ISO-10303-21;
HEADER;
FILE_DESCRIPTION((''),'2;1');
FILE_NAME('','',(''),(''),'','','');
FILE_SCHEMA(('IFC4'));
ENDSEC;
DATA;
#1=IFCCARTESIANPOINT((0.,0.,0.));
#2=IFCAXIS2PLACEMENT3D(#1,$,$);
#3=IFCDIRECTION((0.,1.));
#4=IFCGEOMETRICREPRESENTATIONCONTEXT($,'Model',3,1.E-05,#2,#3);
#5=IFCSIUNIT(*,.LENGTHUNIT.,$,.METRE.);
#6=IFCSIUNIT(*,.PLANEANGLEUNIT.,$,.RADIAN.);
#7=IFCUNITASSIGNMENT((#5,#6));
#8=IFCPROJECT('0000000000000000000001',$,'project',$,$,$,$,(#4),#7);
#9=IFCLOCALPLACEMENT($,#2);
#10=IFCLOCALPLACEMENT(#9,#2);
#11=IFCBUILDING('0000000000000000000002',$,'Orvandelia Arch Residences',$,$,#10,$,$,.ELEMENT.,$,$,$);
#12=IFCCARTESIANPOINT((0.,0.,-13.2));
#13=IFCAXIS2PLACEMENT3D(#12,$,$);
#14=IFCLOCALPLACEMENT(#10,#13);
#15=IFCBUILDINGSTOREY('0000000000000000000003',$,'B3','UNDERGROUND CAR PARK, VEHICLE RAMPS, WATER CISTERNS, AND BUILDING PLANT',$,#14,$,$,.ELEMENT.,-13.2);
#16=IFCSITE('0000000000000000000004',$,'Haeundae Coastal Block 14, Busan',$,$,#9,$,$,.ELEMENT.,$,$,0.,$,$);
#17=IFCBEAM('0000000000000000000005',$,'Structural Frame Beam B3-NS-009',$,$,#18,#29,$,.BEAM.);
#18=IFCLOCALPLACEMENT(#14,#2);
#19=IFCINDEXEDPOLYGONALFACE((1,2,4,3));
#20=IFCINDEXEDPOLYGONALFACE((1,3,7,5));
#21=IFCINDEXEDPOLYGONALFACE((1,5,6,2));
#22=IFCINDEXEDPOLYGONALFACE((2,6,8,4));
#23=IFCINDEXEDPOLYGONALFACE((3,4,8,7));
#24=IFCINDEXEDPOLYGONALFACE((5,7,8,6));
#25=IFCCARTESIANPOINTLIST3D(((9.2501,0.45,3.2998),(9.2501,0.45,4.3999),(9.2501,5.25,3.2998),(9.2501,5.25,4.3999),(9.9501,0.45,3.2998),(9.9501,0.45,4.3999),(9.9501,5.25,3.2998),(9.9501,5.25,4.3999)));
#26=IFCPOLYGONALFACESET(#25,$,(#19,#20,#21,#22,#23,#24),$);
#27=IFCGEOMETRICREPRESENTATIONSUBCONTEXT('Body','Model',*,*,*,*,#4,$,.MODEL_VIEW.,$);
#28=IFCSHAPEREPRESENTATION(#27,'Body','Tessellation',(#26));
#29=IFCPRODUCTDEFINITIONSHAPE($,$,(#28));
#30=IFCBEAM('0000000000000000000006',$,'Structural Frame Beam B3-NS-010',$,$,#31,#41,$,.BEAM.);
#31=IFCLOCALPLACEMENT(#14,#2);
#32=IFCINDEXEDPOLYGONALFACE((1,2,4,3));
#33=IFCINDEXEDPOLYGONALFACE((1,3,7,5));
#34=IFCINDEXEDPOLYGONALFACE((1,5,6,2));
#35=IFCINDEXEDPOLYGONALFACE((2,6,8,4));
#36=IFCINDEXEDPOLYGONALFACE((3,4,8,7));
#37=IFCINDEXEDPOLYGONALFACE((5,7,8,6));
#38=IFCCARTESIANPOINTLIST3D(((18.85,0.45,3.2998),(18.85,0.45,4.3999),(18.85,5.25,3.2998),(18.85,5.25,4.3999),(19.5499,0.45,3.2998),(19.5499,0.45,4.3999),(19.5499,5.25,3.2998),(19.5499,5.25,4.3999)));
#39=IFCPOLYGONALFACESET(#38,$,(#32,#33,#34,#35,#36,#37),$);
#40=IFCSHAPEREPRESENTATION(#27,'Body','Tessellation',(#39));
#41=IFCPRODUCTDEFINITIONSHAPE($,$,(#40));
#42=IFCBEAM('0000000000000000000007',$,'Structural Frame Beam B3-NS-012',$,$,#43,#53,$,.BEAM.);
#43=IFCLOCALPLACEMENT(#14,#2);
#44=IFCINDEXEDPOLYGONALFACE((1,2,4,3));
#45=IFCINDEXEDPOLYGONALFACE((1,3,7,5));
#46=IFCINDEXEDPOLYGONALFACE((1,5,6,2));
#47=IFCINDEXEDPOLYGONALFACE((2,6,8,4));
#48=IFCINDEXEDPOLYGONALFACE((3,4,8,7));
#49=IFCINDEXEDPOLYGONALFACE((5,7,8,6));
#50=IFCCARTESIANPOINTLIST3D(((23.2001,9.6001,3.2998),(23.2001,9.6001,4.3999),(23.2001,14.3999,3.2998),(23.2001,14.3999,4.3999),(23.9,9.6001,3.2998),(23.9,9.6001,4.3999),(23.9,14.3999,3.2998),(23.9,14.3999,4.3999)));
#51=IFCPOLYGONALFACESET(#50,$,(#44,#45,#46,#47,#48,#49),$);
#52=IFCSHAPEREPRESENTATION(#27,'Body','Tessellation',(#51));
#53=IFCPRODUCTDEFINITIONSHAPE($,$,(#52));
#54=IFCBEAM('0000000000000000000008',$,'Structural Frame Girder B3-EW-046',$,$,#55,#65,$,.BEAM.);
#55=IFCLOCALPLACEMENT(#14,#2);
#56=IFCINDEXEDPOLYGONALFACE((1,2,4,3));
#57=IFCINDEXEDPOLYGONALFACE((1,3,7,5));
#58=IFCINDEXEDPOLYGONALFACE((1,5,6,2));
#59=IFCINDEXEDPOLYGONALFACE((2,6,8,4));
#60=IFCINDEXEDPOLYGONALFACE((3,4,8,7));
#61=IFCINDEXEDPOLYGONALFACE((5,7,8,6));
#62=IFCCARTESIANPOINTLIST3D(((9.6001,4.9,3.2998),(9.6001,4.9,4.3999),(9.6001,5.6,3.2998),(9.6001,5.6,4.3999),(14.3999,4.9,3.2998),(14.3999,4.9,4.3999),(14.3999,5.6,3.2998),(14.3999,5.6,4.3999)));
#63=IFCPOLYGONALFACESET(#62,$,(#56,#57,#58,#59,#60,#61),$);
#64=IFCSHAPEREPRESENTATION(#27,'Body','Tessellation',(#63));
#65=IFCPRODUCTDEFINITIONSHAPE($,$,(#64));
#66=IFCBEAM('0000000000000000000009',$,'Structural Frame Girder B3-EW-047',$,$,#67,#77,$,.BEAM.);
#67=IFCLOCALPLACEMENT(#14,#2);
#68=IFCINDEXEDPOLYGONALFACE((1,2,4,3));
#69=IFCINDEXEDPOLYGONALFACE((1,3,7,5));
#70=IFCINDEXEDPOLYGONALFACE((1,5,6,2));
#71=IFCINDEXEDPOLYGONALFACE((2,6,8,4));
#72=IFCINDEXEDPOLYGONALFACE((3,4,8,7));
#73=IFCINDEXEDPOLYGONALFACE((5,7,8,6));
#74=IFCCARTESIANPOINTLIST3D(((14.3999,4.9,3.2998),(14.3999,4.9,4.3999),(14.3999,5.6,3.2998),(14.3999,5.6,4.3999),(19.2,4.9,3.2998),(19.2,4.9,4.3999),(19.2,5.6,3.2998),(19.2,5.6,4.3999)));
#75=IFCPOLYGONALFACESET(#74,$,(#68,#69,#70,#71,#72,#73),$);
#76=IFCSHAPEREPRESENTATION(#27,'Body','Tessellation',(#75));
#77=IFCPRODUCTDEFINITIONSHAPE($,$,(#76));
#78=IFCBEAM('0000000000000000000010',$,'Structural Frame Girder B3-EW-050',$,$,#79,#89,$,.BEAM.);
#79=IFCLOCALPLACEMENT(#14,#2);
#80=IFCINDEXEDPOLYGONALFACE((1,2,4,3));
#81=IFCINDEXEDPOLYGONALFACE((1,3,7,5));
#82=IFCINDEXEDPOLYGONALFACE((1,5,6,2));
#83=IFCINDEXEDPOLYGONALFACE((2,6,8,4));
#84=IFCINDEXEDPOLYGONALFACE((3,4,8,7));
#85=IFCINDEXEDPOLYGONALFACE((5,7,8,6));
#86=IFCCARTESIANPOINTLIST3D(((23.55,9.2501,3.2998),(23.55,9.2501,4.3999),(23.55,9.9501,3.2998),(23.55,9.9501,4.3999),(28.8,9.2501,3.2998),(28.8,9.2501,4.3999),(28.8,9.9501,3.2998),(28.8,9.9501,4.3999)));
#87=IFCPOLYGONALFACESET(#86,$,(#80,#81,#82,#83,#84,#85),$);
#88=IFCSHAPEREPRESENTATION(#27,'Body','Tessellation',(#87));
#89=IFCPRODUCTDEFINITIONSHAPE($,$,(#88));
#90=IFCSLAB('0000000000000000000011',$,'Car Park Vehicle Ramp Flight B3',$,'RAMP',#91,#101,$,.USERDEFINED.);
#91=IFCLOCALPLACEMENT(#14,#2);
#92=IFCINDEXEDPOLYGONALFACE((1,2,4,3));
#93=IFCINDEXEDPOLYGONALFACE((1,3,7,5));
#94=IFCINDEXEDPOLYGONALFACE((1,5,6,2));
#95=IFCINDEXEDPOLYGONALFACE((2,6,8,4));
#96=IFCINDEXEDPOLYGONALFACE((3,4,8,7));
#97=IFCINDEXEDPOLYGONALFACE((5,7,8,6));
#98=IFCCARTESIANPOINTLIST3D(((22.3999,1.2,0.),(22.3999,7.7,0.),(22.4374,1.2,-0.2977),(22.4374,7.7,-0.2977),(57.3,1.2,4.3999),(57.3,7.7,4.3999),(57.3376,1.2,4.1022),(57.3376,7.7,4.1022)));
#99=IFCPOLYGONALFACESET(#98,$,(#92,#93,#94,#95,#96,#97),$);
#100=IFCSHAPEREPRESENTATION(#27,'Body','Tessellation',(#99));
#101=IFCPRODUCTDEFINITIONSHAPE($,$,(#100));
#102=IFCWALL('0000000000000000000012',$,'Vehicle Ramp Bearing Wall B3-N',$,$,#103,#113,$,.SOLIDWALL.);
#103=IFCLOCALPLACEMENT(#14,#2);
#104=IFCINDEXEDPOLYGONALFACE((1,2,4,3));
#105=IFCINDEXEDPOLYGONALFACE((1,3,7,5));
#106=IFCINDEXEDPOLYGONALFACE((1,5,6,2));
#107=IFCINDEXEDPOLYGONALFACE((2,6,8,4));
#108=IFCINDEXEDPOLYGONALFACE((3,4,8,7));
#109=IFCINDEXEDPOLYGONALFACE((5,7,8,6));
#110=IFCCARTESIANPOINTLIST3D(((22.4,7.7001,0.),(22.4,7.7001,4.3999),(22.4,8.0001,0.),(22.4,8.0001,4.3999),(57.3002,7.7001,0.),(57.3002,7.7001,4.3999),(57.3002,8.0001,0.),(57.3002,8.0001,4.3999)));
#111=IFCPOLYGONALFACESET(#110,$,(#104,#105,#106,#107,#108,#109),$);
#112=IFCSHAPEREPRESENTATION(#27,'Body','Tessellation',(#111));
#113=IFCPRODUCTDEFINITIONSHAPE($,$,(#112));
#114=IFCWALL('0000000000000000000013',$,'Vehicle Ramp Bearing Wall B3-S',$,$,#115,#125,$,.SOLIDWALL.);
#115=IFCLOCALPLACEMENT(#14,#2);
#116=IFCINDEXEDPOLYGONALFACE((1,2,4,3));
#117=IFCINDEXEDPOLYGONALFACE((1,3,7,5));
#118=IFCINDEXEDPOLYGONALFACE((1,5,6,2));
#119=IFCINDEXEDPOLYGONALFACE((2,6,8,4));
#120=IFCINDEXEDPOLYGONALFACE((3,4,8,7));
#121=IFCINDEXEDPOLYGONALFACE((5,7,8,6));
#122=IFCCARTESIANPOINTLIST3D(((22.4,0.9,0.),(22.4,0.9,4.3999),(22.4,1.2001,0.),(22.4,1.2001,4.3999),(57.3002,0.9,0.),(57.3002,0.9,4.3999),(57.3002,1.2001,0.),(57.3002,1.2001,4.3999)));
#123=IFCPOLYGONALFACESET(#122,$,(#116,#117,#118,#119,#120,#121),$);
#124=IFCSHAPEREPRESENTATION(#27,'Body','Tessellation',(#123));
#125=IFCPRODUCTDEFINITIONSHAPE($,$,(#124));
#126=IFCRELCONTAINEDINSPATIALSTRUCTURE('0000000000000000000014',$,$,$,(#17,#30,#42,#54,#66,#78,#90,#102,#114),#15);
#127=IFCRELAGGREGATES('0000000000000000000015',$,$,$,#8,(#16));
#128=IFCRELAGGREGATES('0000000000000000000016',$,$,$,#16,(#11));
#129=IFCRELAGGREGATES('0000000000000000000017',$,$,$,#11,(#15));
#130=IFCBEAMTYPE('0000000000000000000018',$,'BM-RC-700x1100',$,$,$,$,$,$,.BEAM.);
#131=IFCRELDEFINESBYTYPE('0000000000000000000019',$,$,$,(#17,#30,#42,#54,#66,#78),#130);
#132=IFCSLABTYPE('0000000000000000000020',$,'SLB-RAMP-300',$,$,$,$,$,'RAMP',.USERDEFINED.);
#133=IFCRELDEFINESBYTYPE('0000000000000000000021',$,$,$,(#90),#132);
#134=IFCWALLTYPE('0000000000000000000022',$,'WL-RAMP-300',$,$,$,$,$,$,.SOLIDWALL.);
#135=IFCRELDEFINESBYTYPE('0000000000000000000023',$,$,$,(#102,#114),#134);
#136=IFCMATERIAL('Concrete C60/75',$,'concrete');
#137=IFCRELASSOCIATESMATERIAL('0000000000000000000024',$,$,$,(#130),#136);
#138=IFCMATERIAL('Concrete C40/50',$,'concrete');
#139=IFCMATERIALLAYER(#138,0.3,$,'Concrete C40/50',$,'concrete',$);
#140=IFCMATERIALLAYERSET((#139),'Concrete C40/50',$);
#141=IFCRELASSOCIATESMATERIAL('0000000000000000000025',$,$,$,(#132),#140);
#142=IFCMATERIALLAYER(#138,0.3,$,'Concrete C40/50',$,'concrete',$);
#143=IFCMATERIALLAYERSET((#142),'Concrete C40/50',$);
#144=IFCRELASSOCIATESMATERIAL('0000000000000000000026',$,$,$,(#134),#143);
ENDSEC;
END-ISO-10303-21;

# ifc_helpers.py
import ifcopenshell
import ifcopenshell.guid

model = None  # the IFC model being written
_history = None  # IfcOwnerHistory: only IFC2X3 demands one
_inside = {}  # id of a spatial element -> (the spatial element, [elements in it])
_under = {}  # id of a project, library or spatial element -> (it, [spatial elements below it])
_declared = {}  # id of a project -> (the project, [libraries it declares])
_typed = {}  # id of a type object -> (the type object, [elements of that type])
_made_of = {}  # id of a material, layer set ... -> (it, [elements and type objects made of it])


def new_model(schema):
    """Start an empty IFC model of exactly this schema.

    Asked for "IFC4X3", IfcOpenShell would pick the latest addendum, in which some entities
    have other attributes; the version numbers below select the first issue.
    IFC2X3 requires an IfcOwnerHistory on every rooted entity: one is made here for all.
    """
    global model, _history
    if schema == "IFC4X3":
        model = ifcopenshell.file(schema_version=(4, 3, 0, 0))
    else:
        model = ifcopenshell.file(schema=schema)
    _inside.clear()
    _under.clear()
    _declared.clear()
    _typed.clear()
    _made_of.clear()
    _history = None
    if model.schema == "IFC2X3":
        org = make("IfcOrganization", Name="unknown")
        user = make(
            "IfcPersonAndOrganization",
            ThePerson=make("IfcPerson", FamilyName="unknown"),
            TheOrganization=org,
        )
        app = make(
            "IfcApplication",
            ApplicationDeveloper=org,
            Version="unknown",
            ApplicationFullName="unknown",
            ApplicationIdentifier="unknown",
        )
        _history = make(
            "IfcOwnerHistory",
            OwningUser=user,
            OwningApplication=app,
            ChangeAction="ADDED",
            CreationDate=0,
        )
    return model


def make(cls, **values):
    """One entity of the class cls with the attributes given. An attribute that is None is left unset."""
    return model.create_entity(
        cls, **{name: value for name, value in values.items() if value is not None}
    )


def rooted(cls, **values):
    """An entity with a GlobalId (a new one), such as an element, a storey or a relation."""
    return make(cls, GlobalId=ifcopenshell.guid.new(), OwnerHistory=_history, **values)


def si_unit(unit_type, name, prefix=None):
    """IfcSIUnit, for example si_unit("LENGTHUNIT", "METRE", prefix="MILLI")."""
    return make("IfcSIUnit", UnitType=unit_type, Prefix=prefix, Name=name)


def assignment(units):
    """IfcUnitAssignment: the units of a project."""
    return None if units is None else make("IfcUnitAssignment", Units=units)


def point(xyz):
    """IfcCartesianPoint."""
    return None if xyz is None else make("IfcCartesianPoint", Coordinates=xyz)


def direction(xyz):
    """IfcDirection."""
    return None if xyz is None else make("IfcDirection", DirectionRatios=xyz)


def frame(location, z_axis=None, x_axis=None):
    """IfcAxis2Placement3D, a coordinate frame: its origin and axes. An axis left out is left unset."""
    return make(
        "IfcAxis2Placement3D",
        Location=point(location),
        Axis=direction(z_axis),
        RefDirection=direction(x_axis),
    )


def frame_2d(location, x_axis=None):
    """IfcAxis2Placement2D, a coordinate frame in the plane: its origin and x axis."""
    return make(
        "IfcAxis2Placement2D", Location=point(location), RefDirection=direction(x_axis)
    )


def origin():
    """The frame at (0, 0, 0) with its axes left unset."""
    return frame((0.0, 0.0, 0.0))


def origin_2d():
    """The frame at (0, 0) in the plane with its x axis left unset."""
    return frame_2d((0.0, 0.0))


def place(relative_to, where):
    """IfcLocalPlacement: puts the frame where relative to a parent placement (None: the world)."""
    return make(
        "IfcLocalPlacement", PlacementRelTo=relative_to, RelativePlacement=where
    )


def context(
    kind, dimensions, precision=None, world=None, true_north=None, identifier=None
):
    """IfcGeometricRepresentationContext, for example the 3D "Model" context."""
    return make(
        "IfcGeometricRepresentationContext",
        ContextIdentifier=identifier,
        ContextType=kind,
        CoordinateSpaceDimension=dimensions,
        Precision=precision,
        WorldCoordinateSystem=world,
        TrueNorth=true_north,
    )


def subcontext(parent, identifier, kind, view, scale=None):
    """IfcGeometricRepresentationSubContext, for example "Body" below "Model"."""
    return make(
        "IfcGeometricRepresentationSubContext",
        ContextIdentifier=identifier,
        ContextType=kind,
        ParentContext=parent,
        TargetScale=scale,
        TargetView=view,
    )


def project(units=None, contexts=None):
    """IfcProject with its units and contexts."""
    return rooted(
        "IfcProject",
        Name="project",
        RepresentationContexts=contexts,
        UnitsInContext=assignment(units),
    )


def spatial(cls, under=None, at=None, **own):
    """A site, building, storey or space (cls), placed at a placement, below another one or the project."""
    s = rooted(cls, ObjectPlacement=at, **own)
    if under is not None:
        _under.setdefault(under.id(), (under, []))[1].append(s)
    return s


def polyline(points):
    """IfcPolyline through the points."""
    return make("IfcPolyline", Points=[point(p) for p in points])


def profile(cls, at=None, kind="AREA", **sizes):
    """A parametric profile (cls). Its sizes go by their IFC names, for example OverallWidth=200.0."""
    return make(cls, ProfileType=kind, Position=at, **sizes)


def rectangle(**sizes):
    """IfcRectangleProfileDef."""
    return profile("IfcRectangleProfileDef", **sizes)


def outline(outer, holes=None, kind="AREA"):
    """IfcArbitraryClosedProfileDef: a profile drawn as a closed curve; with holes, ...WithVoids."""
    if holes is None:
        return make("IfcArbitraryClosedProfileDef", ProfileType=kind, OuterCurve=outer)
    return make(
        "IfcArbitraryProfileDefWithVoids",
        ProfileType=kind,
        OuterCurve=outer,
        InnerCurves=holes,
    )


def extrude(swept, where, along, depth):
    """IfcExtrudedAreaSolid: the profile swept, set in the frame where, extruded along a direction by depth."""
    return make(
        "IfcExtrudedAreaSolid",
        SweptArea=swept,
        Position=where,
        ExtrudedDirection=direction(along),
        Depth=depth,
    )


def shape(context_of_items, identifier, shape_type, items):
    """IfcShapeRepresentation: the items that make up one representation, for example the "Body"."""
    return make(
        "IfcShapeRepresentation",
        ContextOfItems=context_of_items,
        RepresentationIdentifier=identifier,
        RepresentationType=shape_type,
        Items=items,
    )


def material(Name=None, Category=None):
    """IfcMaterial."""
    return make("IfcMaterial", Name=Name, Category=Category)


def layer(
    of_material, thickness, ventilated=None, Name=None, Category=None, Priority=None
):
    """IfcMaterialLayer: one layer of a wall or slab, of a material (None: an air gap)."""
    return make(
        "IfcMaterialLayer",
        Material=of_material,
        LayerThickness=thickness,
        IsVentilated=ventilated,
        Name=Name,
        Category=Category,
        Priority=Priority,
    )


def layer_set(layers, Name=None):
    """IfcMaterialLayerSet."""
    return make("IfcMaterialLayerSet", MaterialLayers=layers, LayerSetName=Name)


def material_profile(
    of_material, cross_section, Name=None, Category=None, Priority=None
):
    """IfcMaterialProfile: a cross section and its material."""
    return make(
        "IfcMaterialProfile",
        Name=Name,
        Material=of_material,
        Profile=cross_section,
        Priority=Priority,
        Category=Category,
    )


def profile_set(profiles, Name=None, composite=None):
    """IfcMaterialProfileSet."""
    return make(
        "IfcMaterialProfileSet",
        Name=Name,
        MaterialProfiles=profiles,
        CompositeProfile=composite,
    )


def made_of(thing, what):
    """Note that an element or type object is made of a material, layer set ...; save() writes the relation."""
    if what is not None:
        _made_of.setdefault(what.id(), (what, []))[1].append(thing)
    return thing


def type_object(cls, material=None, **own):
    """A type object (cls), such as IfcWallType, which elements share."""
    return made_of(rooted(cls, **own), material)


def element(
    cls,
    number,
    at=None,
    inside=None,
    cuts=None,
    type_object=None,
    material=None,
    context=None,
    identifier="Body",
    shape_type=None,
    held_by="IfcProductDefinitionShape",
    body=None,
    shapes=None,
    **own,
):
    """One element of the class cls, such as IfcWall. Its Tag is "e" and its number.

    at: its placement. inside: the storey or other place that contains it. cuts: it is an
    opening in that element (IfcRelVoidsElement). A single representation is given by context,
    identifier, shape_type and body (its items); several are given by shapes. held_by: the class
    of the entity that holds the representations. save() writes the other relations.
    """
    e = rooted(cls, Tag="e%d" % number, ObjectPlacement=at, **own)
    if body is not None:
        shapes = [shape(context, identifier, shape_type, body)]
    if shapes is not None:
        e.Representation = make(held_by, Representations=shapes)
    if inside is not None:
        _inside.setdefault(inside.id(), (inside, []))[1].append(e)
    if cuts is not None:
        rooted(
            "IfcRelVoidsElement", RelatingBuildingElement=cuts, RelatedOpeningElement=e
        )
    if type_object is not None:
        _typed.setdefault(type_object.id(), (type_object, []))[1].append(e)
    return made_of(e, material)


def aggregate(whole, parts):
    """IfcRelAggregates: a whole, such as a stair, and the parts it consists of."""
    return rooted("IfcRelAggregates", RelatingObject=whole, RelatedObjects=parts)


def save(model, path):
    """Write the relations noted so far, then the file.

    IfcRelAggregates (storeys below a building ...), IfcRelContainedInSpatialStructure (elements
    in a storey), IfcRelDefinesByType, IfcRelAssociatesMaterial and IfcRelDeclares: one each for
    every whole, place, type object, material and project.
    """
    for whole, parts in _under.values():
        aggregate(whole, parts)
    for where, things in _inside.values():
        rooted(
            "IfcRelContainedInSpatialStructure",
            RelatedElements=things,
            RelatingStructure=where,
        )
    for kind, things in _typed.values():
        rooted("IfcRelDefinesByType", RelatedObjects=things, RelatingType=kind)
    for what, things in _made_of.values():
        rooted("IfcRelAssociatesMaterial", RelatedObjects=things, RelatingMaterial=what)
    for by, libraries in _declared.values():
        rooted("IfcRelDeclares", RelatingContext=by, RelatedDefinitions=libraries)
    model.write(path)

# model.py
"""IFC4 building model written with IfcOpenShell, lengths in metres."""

from ifc_helpers import new_model, si_unit, direction, frame, frame_2d, origin, origin_2d, place, context, subcontext, project, spatial, polyline, rectangle, outline, extrude, material, layer, layer_set, material_profile, profile_set, type_object, element, save


model = new_model("IFC4")

# Units and contexts
model_context = context("Model", 3, precision=1e-05, world=origin(), true_north=direction((0.0, 1.0)))
body_context = subcontext(model_context, "Body", "Model", "MODEL_VIEW")
ifc_project = project(units=[si_unit("LENGTHUNIT", "METRE"), si_unit("PLANEANGLEUNIT", "RADIAN")], contexts=[model_context])

# Site, building, storey
site_placement = place(None, origin())
site = spatial("IfcSite", under=ifc_project, at=site_placement, Name="Haeundae Coastal Block 14, Busan", CompositionType="ELEMENT", RefElevation=0.0)
building_placement = place(site_placement, origin())
building = spatial("IfcBuilding", under=site, at=building_placement, Name="Orvandelia Arch Residences", CompositionType="ELEMENT")
storey_placement = place(building_placement, frame((0.0, 0.0, -13.2)))
storey = spatial("IfcBuildingStorey", under=building, at=storey_placement, Name="B3", Description="UNDERGROUND CAR PARK, VEHICLE RAMPS, WATER CISTERNS, AND BUILDING PLANT", CompositionType="ELEMENT", Elevation=-13.2)

# Beams
ifc_material_1 = material(Name="Concrete C60/75", Category="concrete")
ifc_material_profile_1 = material_profile(ifc_material_1, rectangle(XDim=0.7, YDim=1.1001, at=origin_2d()), Name="Concrete C60/75", Category="concrete")
ifc_profile_set_1 = profile_set([ifc_material_profile_1], Name="Concrete C60/75")
beam_type = type_object("IfcBeamType", Name="BM-RC-700x1100", PredefinedType="BEAM", material=ifc_profile_set_1)
for number, where, z_axis, x_axis, name in (
    (1, (9.6001, 0.45, 3.8499), (0.0, 1.0, 0.0), (-1.0, 0.0, 0.0), "Structural Frame Beam B3-NS-009"),
    (2, (19.2, 0.45, 3.8499), (0.0, 1.0, 0.0), (-1.0, 0.0, 0.0), "Structural Frame Beam B3-NS-010"),
):
    element("IfcBeam", number, at=place(storey_placement, frame(where, z_axis=z_axis, x_axis=x_axis)), inside=storey, type_object=beam_type, Name=name, PredefinedType="BEAM", context=body_context, shape_type="SweptSolid", body=[
        extrude(rectangle(XDim=0.7, YDim=1.1001, at=origin_2d()), origin(), (0.0, 0.0, 1.0), 4.8),
    ])
for number, where, z_axis, x_axis, name in (
    (3, (23.55, 9.6001, 3.8499), (0.0, 1.0, 0.0), (-1.0, 0.0, 0.0), "Structural Frame Beam B3-NS-012"),
    (4, (9.6001, 5.25, 3.8499), (1.0, 0.0, 0.0), (0.0, 1.0, 0.0), "Structural Frame Girder B3-EW-046"),
):
    element("IfcBeam", number, at=place(storey_placement, frame(where, z_axis=z_axis, x_axis=x_axis)), inside=storey, type_object=beam_type, Name=name, PredefinedType="BEAM", context=body_context, shape_type="SweptSolid", body=[
        extrude(rectangle(XDim=0.7, YDim=1.1001, at=origin_2d()), origin(), (0.0, 0.0, 1.0), 4.7998),
    ])
beam_1_placement = place(storey_placement, frame((14.3999, 5.25, 3.8499), z_axis=(1.0, 0.0, 0.0), x_axis=(0.0, 1.0, 0.0)))
element("IfcBeam", 5, at=beam_1_placement, inside=storey, type_object=beam_type, Name="Structural Frame Girder B3-EW-047", PredefinedType="BEAM", context=body_context, shape_type="SweptSolid", body=[
    extrude(rectangle(XDim=0.7, YDim=1.1001, at=origin_2d()), origin(), (0.0, 0.0, 1.0), 4.8),
])
beam_2_placement = place(storey_placement, frame((23.55, 9.6001, 3.8499), z_axis=(1.0, 0.0, 0.0), x_axis=(0.0, 1.0, 0.0)))
element("IfcBeam", 6, at=beam_2_placement, inside=storey, type_object=beam_type, Name="Structural Frame Girder B3-EW-050", PredefinedType="BEAM", context=body_context, shape_type="SweptSolid", body=[
    extrude(rectangle(XDim=0.7, YDim=1.1001, at=origin_2d()), origin(), (0.0, 0.0, 1.0), 5.25),
])

# Slab
ifc_material_2 = material(Name="Concrete C40/50", Category="concrete")
ifc_layer_1 = layer(ifc_material_2, 0.3, Name="Concrete C40/50", Category="concrete")
ifc_layer_set_1 = layer_set([ifc_layer_1], Name="Concrete C40/50")
slab_type = type_object("IfcSlabType", Name="SLB-RAMP-300", ElementType="RAMP", PredefinedType="USERDEFINED", material=ifc_layer_set_1)
slab_placement = place(storey_placement, frame((22.3999, 1.2, 0.0), z_axis=(-0.125081, 0.0, 0.992147), x_axis=(0.992147, 0.0, 0.125081)))
element("IfcSlab", 7, at=slab_placement, inside=storey, type_object=slab_type, Name="Car Park Vehicle Ramp Flight B3", ObjectType="RAMP", PredefinedType="USERDEFINED", context=body_context, shape_type="SweptSolid", body=[
    extrude(outline(polyline([(0.0, 0.0), (35.1764, 0.0), (35.1764, 6.5), (0.0, 6.5), (0.0, 0.0)])), origin(), (0.0, 0.0, -1.0), 0.3),
])

# Walls
ifc_layer_2 = layer(ifc_material_2, 0.3, Name="Concrete C40/50", Category="concrete")
ifc_layer_set_2 = layer_set([ifc_layer_2], Name="Concrete C40/50")
wall_type = type_object("IfcWallType", Name="WL-RAMP-300", PredefinedType="SOLIDWALL", material=ifc_layer_set_2)
for number, where, z_axis, x_axis, name in (
    (8, (22.3999, 7.8501, 0.0), (0.0, 0.0, 1.0), (1.0, 0.0, 0.0), "Vehicle Ramp Bearing Wall B3-N"),
    (9, (22.3999, 1.05, 0.0), (0.0, 0.0, 1.0), (1.0, 0.0, 0.0), "Vehicle Ramp Bearing Wall B3-S"),
):
    element("IfcWall", number, at=place(storey_placement, frame(where, z_axis=z_axis, x_axis=x_axis)), inside=storey, type_object=wall_type, Name=name, PredefinedType="SOLIDWALL", context=body_context, shape_type="SweptSolid", body=[
        extrude(rectangle(XDim=34.9001, YDim=0.3, at=frame_2d((17.4502, 0.0))), origin(), (0.0, 0.0, 1.0), 4.3999),
    ])

save(model, "model.ifc")
